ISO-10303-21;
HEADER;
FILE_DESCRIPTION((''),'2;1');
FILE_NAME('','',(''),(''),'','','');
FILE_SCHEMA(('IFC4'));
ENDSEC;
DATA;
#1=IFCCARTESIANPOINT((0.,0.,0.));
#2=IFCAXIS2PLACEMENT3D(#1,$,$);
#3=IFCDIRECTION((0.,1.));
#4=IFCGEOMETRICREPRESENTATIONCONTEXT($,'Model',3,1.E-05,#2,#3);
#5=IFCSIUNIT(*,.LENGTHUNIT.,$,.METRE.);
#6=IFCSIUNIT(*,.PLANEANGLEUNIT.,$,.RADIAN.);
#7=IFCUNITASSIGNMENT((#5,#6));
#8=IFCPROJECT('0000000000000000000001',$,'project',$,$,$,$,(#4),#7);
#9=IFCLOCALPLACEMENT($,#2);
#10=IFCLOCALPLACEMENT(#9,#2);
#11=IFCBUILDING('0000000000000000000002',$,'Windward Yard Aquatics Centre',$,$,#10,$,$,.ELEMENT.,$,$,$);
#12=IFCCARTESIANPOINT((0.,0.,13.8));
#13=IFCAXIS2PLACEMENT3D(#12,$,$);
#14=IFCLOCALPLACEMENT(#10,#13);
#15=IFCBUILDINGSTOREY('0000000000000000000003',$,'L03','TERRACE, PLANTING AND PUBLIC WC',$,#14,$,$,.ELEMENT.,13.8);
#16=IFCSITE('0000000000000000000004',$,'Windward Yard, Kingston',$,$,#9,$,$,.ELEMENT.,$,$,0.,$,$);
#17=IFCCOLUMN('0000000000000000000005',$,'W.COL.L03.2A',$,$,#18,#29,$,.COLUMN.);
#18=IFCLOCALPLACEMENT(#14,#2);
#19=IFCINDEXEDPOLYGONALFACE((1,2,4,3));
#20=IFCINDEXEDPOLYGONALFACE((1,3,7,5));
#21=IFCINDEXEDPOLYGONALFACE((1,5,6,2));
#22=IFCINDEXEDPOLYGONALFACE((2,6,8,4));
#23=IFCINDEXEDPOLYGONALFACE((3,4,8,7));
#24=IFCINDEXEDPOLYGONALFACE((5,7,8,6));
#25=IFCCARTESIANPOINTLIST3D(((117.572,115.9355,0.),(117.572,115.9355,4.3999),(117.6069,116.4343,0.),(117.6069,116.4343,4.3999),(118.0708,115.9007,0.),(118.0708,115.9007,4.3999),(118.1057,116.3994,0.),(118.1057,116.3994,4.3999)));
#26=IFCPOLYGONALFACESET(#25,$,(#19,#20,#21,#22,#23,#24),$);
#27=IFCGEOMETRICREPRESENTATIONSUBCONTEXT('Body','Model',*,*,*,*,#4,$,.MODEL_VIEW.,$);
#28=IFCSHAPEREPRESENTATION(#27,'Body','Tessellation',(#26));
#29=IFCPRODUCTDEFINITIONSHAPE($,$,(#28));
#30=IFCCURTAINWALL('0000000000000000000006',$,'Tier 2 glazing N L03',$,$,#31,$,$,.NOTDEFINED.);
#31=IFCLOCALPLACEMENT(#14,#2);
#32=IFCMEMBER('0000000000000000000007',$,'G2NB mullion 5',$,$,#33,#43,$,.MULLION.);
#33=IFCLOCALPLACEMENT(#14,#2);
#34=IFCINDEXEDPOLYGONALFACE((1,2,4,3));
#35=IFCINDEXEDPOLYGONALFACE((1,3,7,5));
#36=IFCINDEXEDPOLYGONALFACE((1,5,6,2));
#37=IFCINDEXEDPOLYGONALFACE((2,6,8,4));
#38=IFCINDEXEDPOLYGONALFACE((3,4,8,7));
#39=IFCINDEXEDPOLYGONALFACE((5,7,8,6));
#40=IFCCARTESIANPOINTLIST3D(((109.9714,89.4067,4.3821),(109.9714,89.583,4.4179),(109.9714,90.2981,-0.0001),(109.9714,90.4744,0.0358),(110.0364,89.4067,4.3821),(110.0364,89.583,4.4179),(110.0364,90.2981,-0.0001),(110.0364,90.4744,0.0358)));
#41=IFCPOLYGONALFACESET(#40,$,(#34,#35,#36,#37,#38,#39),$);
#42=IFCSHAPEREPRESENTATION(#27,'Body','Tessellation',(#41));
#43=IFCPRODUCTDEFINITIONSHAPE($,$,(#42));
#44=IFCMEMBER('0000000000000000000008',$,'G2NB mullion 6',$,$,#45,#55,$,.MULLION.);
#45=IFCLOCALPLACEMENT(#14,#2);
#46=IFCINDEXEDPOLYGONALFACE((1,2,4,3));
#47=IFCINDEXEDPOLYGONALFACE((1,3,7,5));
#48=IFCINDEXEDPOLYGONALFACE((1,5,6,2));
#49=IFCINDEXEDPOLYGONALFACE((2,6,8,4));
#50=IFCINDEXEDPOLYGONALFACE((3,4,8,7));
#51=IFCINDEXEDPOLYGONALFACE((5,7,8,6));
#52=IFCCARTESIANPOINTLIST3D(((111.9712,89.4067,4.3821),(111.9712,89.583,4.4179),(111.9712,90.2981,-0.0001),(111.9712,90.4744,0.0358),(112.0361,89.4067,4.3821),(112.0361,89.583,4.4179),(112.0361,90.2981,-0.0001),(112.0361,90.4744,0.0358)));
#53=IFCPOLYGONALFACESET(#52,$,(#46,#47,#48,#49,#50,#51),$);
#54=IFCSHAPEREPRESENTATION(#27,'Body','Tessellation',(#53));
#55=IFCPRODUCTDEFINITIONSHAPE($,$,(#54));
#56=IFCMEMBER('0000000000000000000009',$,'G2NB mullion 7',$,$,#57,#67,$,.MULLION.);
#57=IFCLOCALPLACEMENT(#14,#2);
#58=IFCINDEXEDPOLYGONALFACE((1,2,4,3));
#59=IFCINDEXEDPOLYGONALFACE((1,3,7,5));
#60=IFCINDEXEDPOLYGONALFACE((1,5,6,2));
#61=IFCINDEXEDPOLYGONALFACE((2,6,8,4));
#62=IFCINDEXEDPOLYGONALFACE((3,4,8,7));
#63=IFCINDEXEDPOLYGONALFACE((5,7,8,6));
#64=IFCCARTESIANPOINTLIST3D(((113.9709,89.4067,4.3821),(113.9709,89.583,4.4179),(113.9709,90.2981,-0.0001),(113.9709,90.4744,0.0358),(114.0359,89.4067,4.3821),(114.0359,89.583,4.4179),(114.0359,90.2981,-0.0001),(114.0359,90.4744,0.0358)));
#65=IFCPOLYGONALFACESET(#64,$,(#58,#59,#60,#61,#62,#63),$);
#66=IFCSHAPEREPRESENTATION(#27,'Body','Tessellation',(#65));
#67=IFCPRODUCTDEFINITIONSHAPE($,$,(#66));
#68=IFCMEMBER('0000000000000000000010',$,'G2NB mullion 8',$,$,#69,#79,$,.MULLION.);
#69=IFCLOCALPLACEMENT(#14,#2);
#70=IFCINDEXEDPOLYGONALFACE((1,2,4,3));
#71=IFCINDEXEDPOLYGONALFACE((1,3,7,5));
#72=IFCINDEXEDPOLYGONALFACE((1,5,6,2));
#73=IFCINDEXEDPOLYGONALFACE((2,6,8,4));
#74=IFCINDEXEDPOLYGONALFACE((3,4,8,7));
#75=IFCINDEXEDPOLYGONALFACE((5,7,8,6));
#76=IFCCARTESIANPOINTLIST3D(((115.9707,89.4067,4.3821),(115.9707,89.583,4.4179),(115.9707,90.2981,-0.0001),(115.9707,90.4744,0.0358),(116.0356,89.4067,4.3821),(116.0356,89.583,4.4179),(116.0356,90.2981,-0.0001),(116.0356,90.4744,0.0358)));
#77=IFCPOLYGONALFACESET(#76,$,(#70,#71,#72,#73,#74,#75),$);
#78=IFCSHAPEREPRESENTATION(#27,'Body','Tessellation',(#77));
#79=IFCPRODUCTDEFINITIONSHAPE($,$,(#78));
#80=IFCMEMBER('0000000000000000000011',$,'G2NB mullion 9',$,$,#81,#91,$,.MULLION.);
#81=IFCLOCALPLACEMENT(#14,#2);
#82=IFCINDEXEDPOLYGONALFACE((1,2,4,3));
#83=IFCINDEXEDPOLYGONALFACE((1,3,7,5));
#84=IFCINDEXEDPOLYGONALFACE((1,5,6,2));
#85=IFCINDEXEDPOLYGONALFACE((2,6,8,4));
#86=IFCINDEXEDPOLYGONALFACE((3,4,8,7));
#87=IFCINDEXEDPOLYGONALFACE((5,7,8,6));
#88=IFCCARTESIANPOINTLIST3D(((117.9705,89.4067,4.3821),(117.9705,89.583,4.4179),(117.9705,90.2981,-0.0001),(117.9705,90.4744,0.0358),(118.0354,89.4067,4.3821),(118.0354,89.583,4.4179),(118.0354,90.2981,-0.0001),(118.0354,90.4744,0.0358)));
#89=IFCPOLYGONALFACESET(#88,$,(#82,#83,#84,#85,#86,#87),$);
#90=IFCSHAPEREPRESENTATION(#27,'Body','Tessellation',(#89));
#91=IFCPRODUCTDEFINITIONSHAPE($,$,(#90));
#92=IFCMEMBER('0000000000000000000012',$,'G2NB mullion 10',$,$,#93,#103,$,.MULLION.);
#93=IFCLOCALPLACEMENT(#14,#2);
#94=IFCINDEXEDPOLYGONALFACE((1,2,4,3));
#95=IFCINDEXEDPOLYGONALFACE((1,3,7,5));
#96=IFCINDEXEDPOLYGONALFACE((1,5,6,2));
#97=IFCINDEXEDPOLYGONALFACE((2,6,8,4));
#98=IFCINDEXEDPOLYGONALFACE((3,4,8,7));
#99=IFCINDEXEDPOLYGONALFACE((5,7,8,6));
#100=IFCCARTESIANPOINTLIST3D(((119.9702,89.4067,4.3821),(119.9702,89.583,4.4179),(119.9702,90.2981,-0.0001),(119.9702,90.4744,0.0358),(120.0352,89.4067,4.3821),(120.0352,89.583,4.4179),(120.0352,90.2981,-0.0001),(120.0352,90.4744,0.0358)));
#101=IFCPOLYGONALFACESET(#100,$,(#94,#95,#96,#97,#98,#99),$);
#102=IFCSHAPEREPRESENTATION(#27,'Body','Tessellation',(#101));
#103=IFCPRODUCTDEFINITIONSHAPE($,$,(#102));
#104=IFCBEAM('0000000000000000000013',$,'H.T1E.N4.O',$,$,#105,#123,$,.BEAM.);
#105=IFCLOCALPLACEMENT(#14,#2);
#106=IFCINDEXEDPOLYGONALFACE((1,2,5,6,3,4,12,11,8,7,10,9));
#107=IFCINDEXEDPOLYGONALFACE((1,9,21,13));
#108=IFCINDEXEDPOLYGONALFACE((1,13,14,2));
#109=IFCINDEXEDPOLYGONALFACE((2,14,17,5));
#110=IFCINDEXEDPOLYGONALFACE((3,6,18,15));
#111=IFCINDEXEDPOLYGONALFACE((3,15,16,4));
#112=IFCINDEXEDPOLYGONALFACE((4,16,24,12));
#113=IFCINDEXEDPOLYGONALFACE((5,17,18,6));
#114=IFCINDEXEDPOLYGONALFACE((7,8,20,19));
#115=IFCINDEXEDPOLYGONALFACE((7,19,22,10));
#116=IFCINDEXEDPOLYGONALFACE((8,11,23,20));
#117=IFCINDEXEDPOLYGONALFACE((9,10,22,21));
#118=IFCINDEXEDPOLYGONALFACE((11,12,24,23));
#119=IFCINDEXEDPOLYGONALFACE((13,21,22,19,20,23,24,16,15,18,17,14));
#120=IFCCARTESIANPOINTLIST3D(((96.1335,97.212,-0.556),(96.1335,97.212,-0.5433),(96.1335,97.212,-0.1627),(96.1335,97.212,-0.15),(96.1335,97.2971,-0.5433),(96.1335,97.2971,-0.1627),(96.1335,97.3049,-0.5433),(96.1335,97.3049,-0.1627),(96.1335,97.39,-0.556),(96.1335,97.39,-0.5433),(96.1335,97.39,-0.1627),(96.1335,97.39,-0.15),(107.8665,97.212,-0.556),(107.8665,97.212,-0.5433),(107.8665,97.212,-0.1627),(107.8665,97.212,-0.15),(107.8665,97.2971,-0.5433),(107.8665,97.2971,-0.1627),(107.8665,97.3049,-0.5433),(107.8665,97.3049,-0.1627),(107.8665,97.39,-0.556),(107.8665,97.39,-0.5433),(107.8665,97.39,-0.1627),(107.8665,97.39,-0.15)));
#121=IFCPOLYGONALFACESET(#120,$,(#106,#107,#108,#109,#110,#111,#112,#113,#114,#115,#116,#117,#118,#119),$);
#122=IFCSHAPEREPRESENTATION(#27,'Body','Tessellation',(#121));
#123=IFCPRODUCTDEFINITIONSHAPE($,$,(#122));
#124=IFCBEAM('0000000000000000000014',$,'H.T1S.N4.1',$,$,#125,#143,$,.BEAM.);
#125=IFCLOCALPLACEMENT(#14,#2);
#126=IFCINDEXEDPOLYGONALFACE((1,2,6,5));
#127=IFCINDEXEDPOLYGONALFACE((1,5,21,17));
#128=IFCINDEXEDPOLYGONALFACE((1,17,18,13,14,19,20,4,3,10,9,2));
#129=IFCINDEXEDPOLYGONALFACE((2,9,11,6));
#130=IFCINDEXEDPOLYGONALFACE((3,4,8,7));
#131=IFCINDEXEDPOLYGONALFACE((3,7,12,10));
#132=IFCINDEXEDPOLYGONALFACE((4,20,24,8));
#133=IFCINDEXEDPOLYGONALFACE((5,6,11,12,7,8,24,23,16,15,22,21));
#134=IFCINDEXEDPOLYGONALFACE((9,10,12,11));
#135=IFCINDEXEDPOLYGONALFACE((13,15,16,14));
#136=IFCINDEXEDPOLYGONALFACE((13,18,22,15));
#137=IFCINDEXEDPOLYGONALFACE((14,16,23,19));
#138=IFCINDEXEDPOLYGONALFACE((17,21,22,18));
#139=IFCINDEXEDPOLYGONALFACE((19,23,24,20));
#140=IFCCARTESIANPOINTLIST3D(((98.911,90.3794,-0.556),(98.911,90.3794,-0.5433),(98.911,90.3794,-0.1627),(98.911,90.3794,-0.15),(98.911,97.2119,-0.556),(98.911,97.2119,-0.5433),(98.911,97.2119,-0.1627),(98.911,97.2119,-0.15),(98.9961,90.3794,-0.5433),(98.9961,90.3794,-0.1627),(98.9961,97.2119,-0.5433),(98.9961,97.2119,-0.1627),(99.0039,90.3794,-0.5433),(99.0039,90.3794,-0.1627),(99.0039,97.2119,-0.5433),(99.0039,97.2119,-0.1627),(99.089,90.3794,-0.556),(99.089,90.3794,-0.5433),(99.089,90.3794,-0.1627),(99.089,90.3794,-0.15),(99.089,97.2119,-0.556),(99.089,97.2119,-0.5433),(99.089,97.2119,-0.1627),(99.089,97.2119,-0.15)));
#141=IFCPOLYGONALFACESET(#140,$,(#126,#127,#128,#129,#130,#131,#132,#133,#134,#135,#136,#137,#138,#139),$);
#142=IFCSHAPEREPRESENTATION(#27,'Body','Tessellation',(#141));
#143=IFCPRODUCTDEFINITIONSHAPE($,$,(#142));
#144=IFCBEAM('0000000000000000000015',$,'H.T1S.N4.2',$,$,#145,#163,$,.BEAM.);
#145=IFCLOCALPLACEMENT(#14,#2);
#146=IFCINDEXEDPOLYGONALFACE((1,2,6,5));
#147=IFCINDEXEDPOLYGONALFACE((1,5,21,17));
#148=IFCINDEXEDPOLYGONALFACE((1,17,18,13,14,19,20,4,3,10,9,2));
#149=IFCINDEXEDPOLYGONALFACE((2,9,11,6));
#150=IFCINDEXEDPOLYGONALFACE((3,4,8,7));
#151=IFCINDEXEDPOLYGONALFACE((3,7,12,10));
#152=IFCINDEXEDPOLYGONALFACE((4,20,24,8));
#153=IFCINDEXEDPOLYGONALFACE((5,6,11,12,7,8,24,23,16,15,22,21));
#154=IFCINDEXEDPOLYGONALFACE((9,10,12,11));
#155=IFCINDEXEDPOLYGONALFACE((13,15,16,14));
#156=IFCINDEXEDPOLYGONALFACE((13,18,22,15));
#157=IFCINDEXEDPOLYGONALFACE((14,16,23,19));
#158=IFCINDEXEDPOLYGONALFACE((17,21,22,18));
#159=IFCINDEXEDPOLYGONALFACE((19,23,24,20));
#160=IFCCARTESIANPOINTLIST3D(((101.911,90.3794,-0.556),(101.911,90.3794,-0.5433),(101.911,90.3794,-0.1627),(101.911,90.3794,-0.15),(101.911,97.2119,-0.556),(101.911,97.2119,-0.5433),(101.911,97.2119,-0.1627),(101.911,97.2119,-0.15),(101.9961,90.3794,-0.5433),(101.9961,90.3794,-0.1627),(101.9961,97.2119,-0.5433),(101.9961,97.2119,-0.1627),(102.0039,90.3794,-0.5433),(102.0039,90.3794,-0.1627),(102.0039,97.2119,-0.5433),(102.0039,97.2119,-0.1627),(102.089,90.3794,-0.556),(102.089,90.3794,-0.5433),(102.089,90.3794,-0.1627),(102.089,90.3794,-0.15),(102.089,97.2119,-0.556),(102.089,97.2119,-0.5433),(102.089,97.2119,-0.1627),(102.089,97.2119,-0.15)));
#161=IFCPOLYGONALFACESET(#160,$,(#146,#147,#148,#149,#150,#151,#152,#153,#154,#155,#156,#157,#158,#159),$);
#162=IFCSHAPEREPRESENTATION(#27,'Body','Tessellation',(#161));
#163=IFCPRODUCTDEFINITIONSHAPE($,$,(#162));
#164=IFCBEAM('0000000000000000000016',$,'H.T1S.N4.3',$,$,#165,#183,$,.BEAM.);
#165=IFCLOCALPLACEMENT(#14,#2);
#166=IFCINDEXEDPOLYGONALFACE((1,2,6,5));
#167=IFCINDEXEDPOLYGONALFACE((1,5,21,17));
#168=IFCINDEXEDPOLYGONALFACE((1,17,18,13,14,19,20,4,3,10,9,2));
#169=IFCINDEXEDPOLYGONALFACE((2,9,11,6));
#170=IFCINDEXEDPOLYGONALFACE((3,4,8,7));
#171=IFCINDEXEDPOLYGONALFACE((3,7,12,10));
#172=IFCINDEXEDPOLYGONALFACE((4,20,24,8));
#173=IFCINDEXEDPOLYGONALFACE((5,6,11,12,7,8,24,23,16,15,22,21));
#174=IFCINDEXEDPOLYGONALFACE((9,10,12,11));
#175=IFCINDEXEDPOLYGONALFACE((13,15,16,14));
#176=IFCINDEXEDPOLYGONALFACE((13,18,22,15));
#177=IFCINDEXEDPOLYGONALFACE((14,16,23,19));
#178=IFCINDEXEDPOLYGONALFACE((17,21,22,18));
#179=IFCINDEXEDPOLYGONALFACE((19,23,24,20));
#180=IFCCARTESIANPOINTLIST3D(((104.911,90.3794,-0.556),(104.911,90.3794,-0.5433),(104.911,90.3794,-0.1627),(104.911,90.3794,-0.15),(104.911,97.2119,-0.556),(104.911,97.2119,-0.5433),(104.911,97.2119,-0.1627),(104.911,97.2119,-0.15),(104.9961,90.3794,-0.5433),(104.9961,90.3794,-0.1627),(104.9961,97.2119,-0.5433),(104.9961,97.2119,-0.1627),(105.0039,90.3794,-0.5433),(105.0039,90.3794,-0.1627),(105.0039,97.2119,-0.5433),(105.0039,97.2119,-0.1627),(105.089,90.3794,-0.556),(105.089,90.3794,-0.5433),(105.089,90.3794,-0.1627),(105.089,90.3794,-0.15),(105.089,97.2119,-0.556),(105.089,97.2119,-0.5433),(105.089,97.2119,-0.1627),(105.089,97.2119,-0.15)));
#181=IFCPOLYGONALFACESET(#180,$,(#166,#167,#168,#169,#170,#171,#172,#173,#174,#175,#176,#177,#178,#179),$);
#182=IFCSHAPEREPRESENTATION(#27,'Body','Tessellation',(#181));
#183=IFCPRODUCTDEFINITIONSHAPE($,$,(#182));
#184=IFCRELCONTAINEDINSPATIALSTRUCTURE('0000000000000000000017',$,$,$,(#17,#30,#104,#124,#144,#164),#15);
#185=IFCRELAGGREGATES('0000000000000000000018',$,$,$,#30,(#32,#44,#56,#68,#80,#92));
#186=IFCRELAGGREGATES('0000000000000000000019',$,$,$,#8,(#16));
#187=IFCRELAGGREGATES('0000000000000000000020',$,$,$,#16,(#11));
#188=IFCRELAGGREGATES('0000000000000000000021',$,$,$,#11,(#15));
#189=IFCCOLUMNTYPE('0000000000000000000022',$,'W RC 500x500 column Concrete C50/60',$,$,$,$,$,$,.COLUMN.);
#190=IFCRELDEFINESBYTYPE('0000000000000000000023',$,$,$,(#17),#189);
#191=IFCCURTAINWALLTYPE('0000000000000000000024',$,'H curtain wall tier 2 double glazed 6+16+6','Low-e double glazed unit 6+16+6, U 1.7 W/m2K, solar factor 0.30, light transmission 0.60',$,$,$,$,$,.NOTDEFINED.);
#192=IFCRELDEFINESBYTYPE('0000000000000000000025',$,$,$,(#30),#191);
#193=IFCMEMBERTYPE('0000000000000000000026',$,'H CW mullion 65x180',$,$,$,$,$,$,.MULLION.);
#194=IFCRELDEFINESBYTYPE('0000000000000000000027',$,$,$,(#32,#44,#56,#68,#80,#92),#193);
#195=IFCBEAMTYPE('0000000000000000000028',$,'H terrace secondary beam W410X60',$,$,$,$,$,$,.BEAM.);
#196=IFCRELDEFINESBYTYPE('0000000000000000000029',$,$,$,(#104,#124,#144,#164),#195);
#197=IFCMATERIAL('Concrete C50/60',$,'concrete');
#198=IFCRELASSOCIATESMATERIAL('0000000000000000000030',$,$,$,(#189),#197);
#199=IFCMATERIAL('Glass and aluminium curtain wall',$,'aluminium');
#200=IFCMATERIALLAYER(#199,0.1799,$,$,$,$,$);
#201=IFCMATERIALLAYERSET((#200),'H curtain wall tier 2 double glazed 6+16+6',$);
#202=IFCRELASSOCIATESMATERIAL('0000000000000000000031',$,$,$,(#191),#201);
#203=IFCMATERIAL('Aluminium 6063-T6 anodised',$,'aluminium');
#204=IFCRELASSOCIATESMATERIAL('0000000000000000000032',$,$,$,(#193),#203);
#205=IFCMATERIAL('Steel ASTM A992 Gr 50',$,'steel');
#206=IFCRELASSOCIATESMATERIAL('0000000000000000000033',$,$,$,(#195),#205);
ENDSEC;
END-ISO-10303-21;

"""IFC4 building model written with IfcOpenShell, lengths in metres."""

from ifc_helpers import new_model, si_unit, direction, frame, origin, origin_2d, place, context, subcontext, project, spatial, rectangle, i_section, extrude, material, layer, layer_set, material_profile, profile_set, type_object, element, aggregate, save


model = new_model("IFC4")

# Units and contexts
model_context = context("Model", 3, precision=1e-05, world=origin(), true_north=direction((0.0, 1.0)))
body_context = subcontext(model_context, "Body", "Model", "MODEL_VIEW")
ifc_project = project(units=[si_unit("LENGTHUNIT", "METRE"), si_unit("PLANEANGLEUNIT", "RADIAN")], contexts=[model_context])

# Site, building, storey
site_placement = place(None, origin())
site = spatial("IfcSite", under=ifc_project, at=site_placement, Name="Windward Yard, Kingston", CompositionType="ELEMENT", RefElevation=0.0)
building_placement = place(site_placement, origin())
building = spatial("IfcBuilding", under=site, at=building_placement, Name="Windward Yard Aquatics Centre", CompositionType="ELEMENT")
storey_placement = place(building_placement, frame((0.0, 0.0, 13.8)))
storey = spatial("IfcBuildingStorey", under=building, at=storey_placement, Name="L03", Description="TERRACE, PLANTING AND PUBLIC WC", CompositionType="ELEMENT", Elevation=13.8)

# Column
ifc_material_1 = material(Name="Concrete C50/60", Category="concrete")
ifc_material_profile_1 = material_profile(ifc_material_1, rectangle(XDim=0.5, YDim=0.5, at=origin_2d()), Name="RC 500x500")
ifc_profile_set_1 = profile_set([ifc_material_profile_1], Name="Concrete C50/60")
column_type = type_object("IfcColumnType", Name="W RC 500x500 column Concrete C50/60", PredefinedType="COLUMN", material=ifc_profile_set_1)
column_placement = place(storey_placement, frame((117.8389, 116.1675, 0.0), z_axis=(0.0, 0.0, 1.0), x_axis=(0.997564, -0.069756, 0.0)))
element("IfcColumn", 1, at=column_placement, inside=storey, type_object=column_type, Name="W.COL.L03.2A", PredefinedType="COLUMN", context=body_context, shape_type="SweptSolid", body=[
    extrude(rectangle(XDim=0.5, YDim=0.5, at=origin_2d()), origin(), (0.0, 0.0, 1.0), 4.3999),
])

# Curtain wall, members
ifc_material_2 = material(Name="Glass and aluminium curtain wall", Category="aluminium")
ifc_layer_1 = layer(ifc_material_2, 0.1799)
ifc_layer_set_1 = layer_set([ifc_layer_1], Name="H curtain wall tier 2 double glazed 6+16+6")
curtain_wall_type = type_object("IfcCurtainWallType", Name="H curtain wall tier 2 double glazed 6+16+6", Description="Low-e double glazed unit 6+16+6, U 1.7 W/m2K, solar factor 0.30, light transmission 0.60", PredefinedType="NOTDEFINED", material=ifc_layer_set_1)
curtain_wall_placement = place(storey_placement, origin())
curtain_wall = element("IfcCurtainWall", 2, at=curtain_wall_placement, inside=storey, type_object=curtain_wall_type, Name="Tier 2 glazing N L03", PredefinedType="NOTDEFINED")
ifc_material_3 = material(Name="Aluminium 6063-T6 anodised", Category="aluminium")
ifc_material_profile_2 = material_profile(ifc_material_3, rectangle(XDim=0.0649, YDim=0.1799, at=origin_2d()), Name="H CW mullion 65x180")
ifc_profile_set_2 = profile_set([ifc_material_profile_2], Name="Aluminium 6063-T6 anodised")
member_type = type_object("IfcMemberType", Name="H CW mullion 65x180", PredefinedType="MULLION", material=ifc_profile_set_2)
member_1_placement = place(storey_placement, frame((110.0039, 90.3862, 0.0178), z_axis=(0.0, -0.199328, 0.979933), x_axis=(1.0, 0.0, 0.0)))
member_1 = element("IfcMember", 3, at=member_1_placement, type_object=member_type, Name="G2NB mullion 5", PredefinedType="MULLION", context=body_context, shape_type="SweptSolid", body=[
    extrude(rectangle(XDim=0.0649, YDim=0.1799, at=origin_2d()), origin(), (0.0, 0.0, 1.0), 4.4719),
])
member_2_placement = place(storey_placement, frame((112.0037, 90.3862, 0.0178), z_axis=(0.0, -0.199328, 0.979933), x_axis=(1.0, 0.0, 0.0)))
member_2 = element("IfcMember", 4, at=member_2_placement, type_object=member_type, Name="G2NB mullion 6", PredefinedType="MULLION", context=body_context, shape_type="SweptSolid", body=[
    extrude(rectangle(XDim=0.0649, YDim=0.1799, at=origin_2d()), origin(), (0.0, 0.0, 1.0), 4.4719),
])
member_3_placement = place(storey_placement, frame((114.0034, 90.3862, 0.0178), z_axis=(0.0, -0.199328, 0.979933), x_axis=(1.0, 0.0, 0.0)))
member_3 = element("IfcMember", 5, at=member_3_placement, type_object=member_type, Name="G2NB mullion 7", PredefinedType="MULLION", context=body_context, shape_type="SweptSolid", body=[
    extrude(rectangle(XDim=0.0649, YDim=0.1799, at=origin_2d()), origin(), (0.0, 0.0, 1.0), 4.4719),
])
member_4_placement = place(storey_placement, frame((116.0032, 90.3862, 0.0178), z_axis=(0.0, -0.199328, 0.979933), x_axis=(1.0, 0.0, 0.0)))
member_4 = element("IfcMember", 6, at=member_4_placement, type_object=member_type, Name="G2NB mullion 8", PredefinedType="MULLION", context=body_context, shape_type="SweptSolid", body=[
    extrude(rectangle(XDim=0.0649, YDim=0.1799, at=origin_2d()), origin(), (0.0, 0.0, 1.0), 4.4719),
])
member_5_placement = place(storey_placement, frame((118.0029, 90.3862, 0.0178), z_axis=(0.0, -0.199328, 0.979933), x_axis=(1.0, 0.0, 0.0)))
member_5 = element("IfcMember", 7, at=member_5_placement, type_object=member_type, Name="G2NB mullion 9", PredefinedType="MULLION", context=body_context, shape_type="SweptSolid", body=[
    extrude(rectangle(XDim=0.0649, YDim=0.1799, at=origin_2d()), origin(), (0.0, 0.0, 1.0), 4.4719),
])
member_6_placement = place(storey_placement, frame((120.0027, 90.3862, 0.0178), z_axis=(0.0, -0.199328, 0.979933), x_axis=(1.0, 0.0, 0.0)))
member_6 = element("IfcMember", 8, at=member_6_placement, type_object=member_type, Name="G2NB mullion 10", PredefinedType="MULLION", context=body_context, shape_type="SweptSolid", body=[
    extrude(rectangle(XDim=0.0649, YDim=0.1799, at=origin_2d()), origin(), (0.0, 0.0, 1.0), 4.4719),
])
aggregate(curtain_wall, [member_1, member_2, member_3, member_4, member_5, member_6])

# Beams
ifc_material_4 = material(Name="Steel ASTM A992 Gr 50", Category="steel")
ifc_material_profile_3 = material_profile(ifc_material_4, i_section(OverallWidth=0.178, OverallDepth=0.406, WebThickness=0.0078, FlangeThickness=0.0127, at=origin_2d()), Name="W410X60")
ifc_profile_set_3 = profile_set([ifc_material_profile_3], Name="Steel ASTM A992 Gr 50")
beam_type_1 = type_object("IfcBeamType", Name="H terrace secondary beam W410X60", PredefinedType="BEAM", material=ifc_profile_set_3)
beam_1_placement = place(storey_placement, frame((96.1335, 97.301, -0.353), z_axis=(1.0, 0.0, 0.0), x_axis=(0.0, 1.0, 0.0)))
element("IfcBeam", 9, at=beam_1_placement, inside=storey, type_object=beam_type_1, Name="H.T1E.N4.O", PredefinedType="BEAM", context=body_context, shape_type="SweptSolid", body=[
    extrude(i_section(OverallWidth=0.178, OverallDepth=0.406, WebThickness=0.0078, FlangeThickness=0.0127, at=origin_2d()), origin(), (0.0, 0.0, 1.0), 11.7329),
])
for number, where, z_axis, x_axis, name in (
    (10, (99.0, 97.2119, -0.353), (0.0, -1.0, 0.0), (1.0, 0.0, 0.0), "H.T1S.N4.1"),
    (11, (102.0, 97.2119, -0.353), (0.0, -1.0, 0.0), (1.0, 0.0, 0.0), "H.T1S.N4.2"),
    (12, (105.0, 97.2119, -0.353), (0.0, -1.0, 0.0), (1.0, 0.0, 0.0), "H.T1S.N4.3"),
):
    element("IfcBeam", number, at=place(storey_placement, frame(where, z_axis=z_axis, x_axis=x_axis)), inside=storey, type_object=beam_type_1, Name=name, PredefinedType="BEAM", context=body_context, shape_type="SweptSolid", body=[
        extrude(i_section(OverallWidth=0.178, OverallDepth=0.406, WebThickness=0.0078, FlangeThickness=0.0127, at=origin_2d()), origin(), (0.0, 0.0, 1.0), 6.8325),
    ])

save(model, "model.ifc")
